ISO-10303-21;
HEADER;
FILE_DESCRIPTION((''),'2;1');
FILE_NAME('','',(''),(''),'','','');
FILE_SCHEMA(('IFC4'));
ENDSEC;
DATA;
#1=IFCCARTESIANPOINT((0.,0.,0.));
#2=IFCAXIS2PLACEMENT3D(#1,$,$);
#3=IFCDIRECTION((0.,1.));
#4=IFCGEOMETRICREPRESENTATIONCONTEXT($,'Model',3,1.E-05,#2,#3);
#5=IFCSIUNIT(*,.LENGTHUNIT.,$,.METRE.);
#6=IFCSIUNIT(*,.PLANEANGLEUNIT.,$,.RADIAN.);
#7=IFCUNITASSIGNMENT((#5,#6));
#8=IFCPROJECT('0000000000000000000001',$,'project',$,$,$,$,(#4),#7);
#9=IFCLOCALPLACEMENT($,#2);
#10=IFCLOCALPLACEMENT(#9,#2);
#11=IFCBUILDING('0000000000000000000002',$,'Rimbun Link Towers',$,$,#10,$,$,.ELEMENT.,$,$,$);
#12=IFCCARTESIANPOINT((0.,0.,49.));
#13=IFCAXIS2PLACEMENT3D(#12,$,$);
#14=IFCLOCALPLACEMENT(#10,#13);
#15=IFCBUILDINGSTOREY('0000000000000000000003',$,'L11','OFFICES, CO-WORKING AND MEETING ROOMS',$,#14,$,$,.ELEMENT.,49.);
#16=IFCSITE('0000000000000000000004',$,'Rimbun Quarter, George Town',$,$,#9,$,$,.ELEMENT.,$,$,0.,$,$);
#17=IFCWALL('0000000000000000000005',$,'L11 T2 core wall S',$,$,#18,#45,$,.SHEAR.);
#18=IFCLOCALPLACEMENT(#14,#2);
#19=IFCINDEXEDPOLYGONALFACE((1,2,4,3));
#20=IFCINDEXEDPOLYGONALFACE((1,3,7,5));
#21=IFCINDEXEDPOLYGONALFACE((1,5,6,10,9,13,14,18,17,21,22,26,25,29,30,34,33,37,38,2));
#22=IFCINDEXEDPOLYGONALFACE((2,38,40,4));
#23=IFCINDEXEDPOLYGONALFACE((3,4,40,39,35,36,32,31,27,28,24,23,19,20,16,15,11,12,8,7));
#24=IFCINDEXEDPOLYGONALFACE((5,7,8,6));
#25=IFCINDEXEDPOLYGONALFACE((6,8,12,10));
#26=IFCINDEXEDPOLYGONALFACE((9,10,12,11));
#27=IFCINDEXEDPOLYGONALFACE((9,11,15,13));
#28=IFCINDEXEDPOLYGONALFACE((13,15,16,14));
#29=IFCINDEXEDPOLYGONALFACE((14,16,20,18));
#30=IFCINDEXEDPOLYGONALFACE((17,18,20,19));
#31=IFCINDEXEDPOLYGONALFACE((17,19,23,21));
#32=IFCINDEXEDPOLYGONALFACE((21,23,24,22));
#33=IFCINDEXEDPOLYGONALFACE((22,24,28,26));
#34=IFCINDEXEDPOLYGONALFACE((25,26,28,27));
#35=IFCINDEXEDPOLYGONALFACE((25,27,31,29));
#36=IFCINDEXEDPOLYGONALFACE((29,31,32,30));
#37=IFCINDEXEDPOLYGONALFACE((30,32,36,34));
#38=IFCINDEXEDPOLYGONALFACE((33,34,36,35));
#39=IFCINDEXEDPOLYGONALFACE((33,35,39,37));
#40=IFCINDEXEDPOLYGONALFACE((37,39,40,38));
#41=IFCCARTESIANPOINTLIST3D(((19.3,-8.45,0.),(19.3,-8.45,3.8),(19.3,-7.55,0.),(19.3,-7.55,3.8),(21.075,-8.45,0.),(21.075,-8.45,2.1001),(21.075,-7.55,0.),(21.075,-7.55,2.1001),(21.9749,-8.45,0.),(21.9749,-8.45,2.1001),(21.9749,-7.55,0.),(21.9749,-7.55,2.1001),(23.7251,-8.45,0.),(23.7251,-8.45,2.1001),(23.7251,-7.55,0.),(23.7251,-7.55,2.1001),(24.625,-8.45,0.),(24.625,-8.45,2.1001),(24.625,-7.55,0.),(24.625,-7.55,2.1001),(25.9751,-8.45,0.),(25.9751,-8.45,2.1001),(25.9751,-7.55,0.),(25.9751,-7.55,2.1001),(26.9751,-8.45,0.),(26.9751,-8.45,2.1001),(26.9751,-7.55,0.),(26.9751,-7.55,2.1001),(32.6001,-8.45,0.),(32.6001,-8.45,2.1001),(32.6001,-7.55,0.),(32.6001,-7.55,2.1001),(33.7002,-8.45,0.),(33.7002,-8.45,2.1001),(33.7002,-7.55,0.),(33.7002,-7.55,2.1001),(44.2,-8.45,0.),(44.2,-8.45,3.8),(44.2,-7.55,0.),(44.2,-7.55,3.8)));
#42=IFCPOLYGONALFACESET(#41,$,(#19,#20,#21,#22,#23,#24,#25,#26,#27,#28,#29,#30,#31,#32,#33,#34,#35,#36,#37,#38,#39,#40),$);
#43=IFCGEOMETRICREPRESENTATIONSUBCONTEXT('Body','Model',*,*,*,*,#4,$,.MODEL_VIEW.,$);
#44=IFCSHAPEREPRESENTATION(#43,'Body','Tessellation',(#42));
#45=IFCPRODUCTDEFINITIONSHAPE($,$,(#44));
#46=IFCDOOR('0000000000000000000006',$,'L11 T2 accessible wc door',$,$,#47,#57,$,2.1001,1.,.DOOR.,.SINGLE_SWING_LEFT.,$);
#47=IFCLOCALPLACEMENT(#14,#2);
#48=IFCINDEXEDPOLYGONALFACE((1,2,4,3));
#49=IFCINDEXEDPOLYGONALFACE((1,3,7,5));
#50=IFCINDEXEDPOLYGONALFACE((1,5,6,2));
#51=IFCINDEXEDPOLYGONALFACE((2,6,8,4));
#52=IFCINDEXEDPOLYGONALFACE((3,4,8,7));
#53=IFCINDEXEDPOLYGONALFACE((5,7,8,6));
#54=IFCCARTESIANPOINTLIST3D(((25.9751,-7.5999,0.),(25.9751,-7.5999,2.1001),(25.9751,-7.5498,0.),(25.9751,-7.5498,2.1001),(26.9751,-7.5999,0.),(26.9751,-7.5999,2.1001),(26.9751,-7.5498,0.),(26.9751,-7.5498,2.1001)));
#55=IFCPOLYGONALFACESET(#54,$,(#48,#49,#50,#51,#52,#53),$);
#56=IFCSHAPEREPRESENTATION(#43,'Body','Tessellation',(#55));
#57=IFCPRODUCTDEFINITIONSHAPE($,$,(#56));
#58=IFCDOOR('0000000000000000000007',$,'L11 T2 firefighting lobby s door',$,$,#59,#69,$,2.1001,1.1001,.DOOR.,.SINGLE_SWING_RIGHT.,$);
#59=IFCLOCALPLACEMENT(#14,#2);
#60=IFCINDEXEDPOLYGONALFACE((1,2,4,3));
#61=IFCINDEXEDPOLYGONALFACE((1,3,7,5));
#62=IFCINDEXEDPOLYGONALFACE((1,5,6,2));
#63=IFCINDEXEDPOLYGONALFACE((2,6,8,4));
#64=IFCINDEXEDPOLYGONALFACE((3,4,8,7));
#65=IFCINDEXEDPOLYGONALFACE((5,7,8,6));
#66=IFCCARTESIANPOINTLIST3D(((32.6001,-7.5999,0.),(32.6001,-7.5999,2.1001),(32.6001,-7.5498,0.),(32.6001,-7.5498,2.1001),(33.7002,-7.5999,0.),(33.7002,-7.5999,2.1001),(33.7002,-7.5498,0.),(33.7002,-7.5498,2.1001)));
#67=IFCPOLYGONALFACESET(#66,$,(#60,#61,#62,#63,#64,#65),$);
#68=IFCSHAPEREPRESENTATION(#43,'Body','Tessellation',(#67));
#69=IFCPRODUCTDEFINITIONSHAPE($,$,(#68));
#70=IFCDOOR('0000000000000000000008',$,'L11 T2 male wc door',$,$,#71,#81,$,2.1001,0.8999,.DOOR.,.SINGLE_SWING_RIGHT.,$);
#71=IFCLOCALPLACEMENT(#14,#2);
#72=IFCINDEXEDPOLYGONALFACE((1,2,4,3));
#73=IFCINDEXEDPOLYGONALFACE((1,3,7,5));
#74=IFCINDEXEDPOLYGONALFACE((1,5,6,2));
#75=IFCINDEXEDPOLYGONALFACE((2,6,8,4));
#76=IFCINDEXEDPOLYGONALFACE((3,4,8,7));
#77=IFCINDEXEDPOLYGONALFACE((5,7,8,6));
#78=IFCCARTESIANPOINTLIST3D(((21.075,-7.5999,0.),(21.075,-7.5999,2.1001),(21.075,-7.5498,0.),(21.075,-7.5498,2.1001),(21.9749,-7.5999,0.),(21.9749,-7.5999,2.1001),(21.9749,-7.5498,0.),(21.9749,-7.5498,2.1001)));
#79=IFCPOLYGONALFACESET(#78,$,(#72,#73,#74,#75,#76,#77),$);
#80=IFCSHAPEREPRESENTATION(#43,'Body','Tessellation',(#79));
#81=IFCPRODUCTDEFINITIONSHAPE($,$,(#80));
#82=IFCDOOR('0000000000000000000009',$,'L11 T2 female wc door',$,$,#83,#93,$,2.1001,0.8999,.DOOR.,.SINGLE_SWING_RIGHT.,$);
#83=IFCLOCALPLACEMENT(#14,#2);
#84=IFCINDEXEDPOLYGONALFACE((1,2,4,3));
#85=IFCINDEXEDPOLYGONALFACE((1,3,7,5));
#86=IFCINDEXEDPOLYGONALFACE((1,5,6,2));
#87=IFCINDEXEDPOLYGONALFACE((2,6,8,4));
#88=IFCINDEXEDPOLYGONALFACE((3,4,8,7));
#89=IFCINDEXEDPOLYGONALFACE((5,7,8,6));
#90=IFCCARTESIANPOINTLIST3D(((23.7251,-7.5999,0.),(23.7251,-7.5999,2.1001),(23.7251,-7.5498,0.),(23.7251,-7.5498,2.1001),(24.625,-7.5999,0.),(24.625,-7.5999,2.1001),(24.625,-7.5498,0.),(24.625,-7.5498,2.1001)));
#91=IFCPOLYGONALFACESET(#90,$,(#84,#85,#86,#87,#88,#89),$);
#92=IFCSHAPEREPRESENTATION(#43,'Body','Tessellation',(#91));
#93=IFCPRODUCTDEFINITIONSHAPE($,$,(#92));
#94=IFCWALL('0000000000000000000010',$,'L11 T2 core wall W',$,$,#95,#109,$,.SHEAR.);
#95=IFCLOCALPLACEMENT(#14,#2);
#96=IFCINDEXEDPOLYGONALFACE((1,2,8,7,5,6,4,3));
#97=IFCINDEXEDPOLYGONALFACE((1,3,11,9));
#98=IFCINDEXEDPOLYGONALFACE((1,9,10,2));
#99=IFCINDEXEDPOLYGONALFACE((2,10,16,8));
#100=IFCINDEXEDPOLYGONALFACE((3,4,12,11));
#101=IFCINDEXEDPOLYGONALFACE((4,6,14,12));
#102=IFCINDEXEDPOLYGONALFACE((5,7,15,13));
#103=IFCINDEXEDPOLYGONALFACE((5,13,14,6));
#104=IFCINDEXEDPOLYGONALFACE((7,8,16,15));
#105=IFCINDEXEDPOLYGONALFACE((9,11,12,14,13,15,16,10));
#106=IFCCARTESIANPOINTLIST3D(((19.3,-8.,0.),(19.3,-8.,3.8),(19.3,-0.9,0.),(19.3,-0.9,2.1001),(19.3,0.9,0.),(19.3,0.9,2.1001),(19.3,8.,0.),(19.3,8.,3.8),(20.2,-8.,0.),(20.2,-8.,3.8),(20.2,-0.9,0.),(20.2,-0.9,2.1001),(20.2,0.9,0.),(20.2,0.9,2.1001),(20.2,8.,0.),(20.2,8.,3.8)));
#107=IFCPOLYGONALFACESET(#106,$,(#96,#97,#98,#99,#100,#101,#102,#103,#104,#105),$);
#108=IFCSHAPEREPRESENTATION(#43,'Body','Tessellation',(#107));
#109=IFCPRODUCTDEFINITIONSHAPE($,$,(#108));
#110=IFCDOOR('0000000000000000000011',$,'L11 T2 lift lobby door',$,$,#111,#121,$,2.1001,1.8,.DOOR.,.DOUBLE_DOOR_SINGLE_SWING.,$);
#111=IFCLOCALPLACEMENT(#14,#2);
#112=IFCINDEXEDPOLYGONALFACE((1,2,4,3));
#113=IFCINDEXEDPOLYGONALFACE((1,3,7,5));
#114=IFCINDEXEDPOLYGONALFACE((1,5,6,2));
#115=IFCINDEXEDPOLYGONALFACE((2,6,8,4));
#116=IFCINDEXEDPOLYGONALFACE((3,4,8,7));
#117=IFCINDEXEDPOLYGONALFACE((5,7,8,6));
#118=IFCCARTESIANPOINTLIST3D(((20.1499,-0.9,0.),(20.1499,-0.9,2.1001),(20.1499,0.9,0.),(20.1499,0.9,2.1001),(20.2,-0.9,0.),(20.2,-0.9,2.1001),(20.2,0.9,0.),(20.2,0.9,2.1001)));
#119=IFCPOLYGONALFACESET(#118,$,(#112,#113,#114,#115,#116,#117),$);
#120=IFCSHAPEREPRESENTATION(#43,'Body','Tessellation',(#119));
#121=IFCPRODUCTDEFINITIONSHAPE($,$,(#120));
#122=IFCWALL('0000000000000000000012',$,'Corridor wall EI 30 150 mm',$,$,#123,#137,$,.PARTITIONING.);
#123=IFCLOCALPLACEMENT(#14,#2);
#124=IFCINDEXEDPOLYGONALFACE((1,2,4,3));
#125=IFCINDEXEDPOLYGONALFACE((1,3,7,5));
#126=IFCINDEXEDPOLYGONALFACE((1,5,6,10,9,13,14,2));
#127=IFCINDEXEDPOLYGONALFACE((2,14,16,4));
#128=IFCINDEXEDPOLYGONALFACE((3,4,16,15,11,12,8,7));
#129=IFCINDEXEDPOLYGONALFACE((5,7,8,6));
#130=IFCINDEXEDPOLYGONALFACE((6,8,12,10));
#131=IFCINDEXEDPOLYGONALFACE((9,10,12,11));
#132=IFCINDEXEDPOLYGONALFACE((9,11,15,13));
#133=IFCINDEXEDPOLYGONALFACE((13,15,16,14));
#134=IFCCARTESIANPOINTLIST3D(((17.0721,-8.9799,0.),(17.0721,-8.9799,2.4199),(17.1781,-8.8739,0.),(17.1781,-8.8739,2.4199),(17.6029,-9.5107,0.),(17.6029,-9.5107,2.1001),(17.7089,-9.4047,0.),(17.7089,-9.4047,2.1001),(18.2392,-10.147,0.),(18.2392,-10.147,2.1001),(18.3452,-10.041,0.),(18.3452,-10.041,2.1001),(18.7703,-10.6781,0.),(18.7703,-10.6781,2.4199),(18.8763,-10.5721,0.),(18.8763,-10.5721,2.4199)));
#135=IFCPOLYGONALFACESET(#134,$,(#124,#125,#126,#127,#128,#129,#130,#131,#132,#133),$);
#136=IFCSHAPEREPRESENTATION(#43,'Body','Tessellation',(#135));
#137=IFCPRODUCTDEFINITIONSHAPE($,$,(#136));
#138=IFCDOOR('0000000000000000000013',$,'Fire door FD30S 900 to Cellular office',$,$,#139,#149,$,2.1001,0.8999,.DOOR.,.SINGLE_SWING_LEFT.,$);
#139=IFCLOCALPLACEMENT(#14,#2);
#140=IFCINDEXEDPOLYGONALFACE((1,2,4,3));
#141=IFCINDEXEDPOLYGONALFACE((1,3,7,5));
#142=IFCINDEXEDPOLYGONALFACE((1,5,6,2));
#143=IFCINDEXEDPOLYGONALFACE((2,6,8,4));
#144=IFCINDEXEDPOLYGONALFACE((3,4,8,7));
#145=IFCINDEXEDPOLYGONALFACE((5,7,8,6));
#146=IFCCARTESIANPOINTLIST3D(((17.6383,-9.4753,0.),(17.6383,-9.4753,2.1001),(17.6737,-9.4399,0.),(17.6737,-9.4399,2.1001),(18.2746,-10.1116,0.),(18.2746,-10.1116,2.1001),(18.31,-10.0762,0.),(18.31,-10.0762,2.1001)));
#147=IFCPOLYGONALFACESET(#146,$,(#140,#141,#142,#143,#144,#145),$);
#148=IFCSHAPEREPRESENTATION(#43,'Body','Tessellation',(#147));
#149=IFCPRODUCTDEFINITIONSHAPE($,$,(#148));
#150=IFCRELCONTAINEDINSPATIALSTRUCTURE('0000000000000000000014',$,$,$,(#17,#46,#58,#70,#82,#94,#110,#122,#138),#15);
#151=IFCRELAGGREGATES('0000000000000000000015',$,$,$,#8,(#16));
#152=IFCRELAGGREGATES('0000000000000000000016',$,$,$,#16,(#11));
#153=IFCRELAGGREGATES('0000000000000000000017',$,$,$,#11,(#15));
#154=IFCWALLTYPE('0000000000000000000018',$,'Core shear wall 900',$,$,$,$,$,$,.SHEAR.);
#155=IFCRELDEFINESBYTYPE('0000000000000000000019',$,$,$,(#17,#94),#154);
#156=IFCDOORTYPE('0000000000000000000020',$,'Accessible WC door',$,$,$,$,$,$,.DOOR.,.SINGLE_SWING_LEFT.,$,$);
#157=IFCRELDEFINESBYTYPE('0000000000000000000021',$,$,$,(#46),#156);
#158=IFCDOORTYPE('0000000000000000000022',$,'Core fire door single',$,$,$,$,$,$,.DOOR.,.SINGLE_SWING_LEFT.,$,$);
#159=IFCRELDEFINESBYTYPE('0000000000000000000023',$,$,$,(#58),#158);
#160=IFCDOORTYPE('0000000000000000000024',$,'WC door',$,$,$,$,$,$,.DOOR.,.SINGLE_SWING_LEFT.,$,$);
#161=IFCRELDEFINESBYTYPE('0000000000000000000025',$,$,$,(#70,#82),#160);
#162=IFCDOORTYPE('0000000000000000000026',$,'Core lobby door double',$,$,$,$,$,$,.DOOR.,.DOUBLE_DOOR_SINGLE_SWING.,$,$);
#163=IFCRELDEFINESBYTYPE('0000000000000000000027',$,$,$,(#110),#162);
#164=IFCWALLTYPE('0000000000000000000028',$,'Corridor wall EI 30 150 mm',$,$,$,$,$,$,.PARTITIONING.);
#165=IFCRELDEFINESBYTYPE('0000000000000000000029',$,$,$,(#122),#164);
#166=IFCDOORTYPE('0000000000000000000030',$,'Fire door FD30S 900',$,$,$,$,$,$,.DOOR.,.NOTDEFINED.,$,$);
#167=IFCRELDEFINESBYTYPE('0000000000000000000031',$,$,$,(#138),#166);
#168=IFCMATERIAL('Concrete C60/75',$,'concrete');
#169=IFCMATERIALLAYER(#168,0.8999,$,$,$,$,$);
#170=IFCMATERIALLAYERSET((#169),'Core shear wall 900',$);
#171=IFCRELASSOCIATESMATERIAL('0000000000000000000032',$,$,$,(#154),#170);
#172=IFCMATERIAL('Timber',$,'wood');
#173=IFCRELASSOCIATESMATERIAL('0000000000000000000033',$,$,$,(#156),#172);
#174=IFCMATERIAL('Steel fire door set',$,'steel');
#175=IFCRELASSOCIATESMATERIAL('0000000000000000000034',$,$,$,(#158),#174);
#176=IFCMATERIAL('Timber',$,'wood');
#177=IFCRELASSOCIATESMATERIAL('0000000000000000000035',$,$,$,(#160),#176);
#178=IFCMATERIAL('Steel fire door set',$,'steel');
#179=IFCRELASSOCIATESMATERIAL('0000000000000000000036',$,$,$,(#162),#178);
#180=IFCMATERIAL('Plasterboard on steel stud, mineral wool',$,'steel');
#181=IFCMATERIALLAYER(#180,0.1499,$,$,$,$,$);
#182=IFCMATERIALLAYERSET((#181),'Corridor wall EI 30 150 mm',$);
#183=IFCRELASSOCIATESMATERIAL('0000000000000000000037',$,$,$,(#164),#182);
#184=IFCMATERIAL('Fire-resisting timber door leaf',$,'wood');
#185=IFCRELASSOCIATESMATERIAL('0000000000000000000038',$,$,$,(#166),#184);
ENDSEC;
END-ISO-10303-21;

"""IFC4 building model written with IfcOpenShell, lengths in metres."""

from ifc_helpers import new_model, si_unit, direction, frame, frame_2d, origin, place, context, subcontext, project, spatial, rectangle, extrude, material, layer, layer_set, type_object, element, fill, save


model = new_model("IFC4")

# Units and contexts
model_context = context("Model", 3, precision=1e-05, world=origin(), true_north=direction((0.0, 1.0)))
body_context = subcontext(model_context, "Body", "Model", "MODEL_VIEW")
ifc_project = project(units=[si_unit("LENGTHUNIT", "METRE"), si_unit("PLANEANGLEUNIT", "RADIAN")], contexts=[model_context])

# Site, building, storey
site_placement = place(None, origin())
site = spatial("IfcSite", under=ifc_project, at=site_placement, Name="Rimbun Quarter, George Town", CompositionType="ELEMENT", RefElevation=0.0)
building_placement = place(site_placement, origin())
building = spatial("IfcBuilding", under=site, at=building_placement, Name="Rimbun Link Towers", CompositionType="ELEMENT")
storey_placement = place(building_placement, frame((0.0, 0.0, 49.0)))
storey = spatial("IfcBuildingStorey", under=building, at=storey_placement, Name="L11", Description="OFFICES, CO-WORKING AND MEETING ROOMS", CompositionType="ELEMENT", Elevation=49.0)

# Wall, openings, doors
ifc_material_1 = material(Name="Concrete C60/75", Category="concrete")
ifc_layer_1 = layer(ifc_material_1, 0.8999)
ifc_layer_set_1 = layer_set([ifc_layer_1], Name="Core shear wall 900")
wall_type_1 = type_object("IfcWallType", Name="Core shear wall 900", PredefinedType="SHEAR", material=ifc_layer_set_1)
wall_1_placement = place(storey_placement, frame((19.3, -8.0, 0.0), z_axis=(0.0, 0.0, 1.0), x_axis=(1.0, 0.0, 0.0)))
wall_1 = element("IfcWall", 1, at=wall_1_placement, inside=storey, type_object=wall_type_1, Name="L11 T2 core wall S", PredefinedType="SHEAR", context=body_context, shape_type="SweptSolid", body=[
    extrude(rectangle(XDim=24.8999, YDim=0.8999, at=frame_2d((12.45, 0.0))), origin(), (0.0, 0.0, 1.0), 3.8),
])
opening_1_placement = place(wall_1_placement, frame((13.3, 0.0, 0.0)))
opening_1 = element("IfcOpeningElement", 2, at=opening_1_placement, cuts=wall_1, PredefinedType="OPENING", context=body_context, shape_type="SweptSolid", body=[
    extrude(rectangle(XDim=1.1001, YDim=2.1001, at=frame_2d((0.55, 1.05))), frame((0.0, 0.46, 0.0), z_axis=(0.0, -1.0, 0.0), x_axis=(1.0, 0.0, 0.0)), (0.0, 0.0, 1.0), 0.9199),
])
opening_2_placement = place(wall_1_placement, frame((1.7749, 0.0, 0.0)))
opening_2 = element("IfcOpeningElement", 3, at=opening_2_placement, cuts=wall_1, PredefinedType="OPENING", context=body_context, shape_type="SweptSolid", body=[
    extrude(rectangle(XDim=0.8999, YDim=2.1001, at=frame_2d((0.45, 1.05))), frame((0.0, 0.46, 0.0), z_axis=(0.0, -1.0, 0.0), x_axis=(1.0, 0.0, 0.0)), (0.0, 0.0, 1.0), 0.9199),
])
opening_3_placement = place(wall_1_placement, frame((4.425, 0.0, 0.0)))
opening_3 = element("IfcOpeningElement", 4, at=opening_3_placement, cuts=wall_1, PredefinedType="OPENING", context=body_context, shape_type="SweptSolid", body=[
    extrude(rectangle(XDim=0.8999, YDim=2.1001, at=frame_2d((0.45, 1.05))), frame((0.0, 0.46, 0.0), z_axis=(0.0, -1.0, 0.0), x_axis=(1.0, 0.0, 0.0)), (0.0, 0.0, 1.0), 0.9199),
])
opening_4_placement = place(wall_1_placement, frame((6.675, 0.0, 0.0)))
opening_4 = element("IfcOpeningElement", 5, at=opening_4_placement, cuts=wall_1, PredefinedType="OPENING", context=body_context, shape_type="SweptSolid", body=[
    extrude(rectangle(XDim=1.0, YDim=2.1001, at=frame_2d((0.5, 1.05))), frame((0.0, 0.46, 0.0), z_axis=(0.0, -1.0, 0.0), x_axis=(1.0, 0.0, 0.0)), (0.0, 0.0, 1.0), 0.9199),
])
ifc_material_2 = material(Name="Timber", Category="wood")
door_type_1 = type_object("IfcDoorType", Name="Accessible WC door", OperationType="SINGLE_SWING_LEFT", PredefinedType="DOOR", material=ifc_material_2)
door_1_placement = place(opening_4_placement, origin())
door_1 = element("IfcDoor", 6, at=door_1_placement, inside=storey, type_object=door_type_1, Name="L11 T2 accessible wc door", OperationType="SINGLE_SWING_LEFT", OverallHeight=2.1001, OverallWidth=1.0, PredefinedType="DOOR", context=body_context, shape_type="SweptSolid", body=[
    extrude(rectangle(XDim=1.0, YDim=2.1001, at=frame_2d((0.5, 1.05))), frame((0.0, 0.4502, 0.0), z_axis=(0.0, -1.0, 0.0), x_axis=(1.0, 0.0, 0.0)), (0.0, 0.0, 1.0), 0.05),
])
fill(opening_4, door_1)
ifc_material_3 = material(Name="Steel fire door set", Category="steel")
door_type_2 = type_object("IfcDoorType", Name="Core fire door single", OperationType="SINGLE_SWING_LEFT", PredefinedType="DOOR", material=ifc_material_3)
door_2_placement = place(opening_1_placement, origin())
door_2 = element("IfcDoor", 7, at=door_2_placement, inside=storey, type_object=door_type_2, Name="L11 T2 firefighting lobby s door", OperationType="SINGLE_SWING_RIGHT", OverallHeight=2.1001, OverallWidth=1.1001, PredefinedType="DOOR", context=body_context, shape_type="SweptSolid", body=[
    extrude(rectangle(XDim=1.1001, YDim=2.1001, at=frame_2d((0.55, 1.05))), frame((0.0, 0.4502, 0.0), z_axis=(0.0, -1.0, 0.0), x_axis=(1.0, 0.0, 0.0)), (0.0, 0.0, 1.0), 0.05),
])
fill(opening_1, door_2)
ifc_material_4 = material(Name="Timber", Category="wood")
door_type_3 = type_object("IfcDoorType", Name="WC door", OperationType="SINGLE_SWING_LEFT", PredefinedType="DOOR", material=ifc_material_4)
door_3_placement = place(opening_2_placement, origin())
door_3 = element("IfcDoor", 8, at=door_3_placement, inside=storey, type_object=door_type_3, Name="L11 T2 male wc door", OperationType="SINGLE_SWING_RIGHT", OverallHeight=2.1001, OverallWidth=0.8999, PredefinedType="DOOR", context=body_context, shape_type="SweptSolid", body=[
    extrude(rectangle(XDim=0.8999, YDim=2.1001, at=frame_2d((0.45, 1.05))), frame((0.0, 0.4502, 0.0), z_axis=(0.0, -1.0, 0.0), x_axis=(1.0, 0.0, 0.0)), (0.0, 0.0, 1.0), 0.05),
])
fill(opening_2, door_3)
door_4_placement = place(opening_3_placement, origin())
door_4 = element("IfcDoor", 9, at=door_4_placement, inside=storey, type_object=door_type_3, Name="L11 T2 female wc door", OperationType="SINGLE_SWING_RIGHT", OverallHeight=2.1001, OverallWidth=0.8999, PredefinedType="DOOR", context=body_context, shape_type="SweptSolid", body=[
    extrude(rectangle(XDim=0.8999, YDim=2.1001, at=frame_2d((0.45, 1.05))), frame((0.0, 0.4502, 0.0), z_axis=(0.0, -1.0, 0.0), x_axis=(1.0, 0.0, 0.0)), (0.0, 0.0, 1.0), 0.05),
])
fill(opening_3, door_4)

# Walls, openings, doors
wall_2_placement = place(storey_placement, frame((19.75, -8.0, 0.0), z_axis=(0.0, 0.0, 1.0), x_axis=(0.0, 1.0, 0.0)))
wall_2 = element("IfcWall", 10, at=wall_2_placement, inside=storey, type_object=wall_type_1, Name="L11 T2 core wall W", PredefinedType="SHEAR", context=body_context, shape_type="SweptSolid", body=[
    extrude(rectangle(XDim=16.0, YDim=0.8999, at=frame_2d((8.0, 0.0))), origin(), (0.0, 0.0, 1.0), 3.8),
])
opening_5_placement = place(wall_2_placement, frame((7.1001, 0.0, 0.0)))
opening_5 = element("IfcOpeningElement", 11, at=opening_5_placement, cuts=wall_2, PredefinedType="OPENING", context=body_context, shape_type="SweptSolid", body=[
    extrude(rectangle(XDim=1.8, YDim=2.1001, at=frame_2d((0.8999, 1.05))), frame((0.0, 0.46, 0.0), z_axis=(0.0, -1.0, 0.0), x_axis=(1.0, 0.0, 0.0)), (0.0, 0.0, 1.0), 0.9199),
])
ifc_material_5 = material(Name="Steel fire door set", Category="steel")
door_type_4 = type_object("IfcDoorType", Name="Core lobby door double", OperationType="DOUBLE_DOOR_SINGLE_SWING", PredefinedType="DOOR", material=ifc_material_5)
door_5_placement = place(opening_5_placement, origin())
door_5 = element("IfcDoor", 12, at=door_5_placement, inside=storey, type_object=door_type_4, Name="L11 T2 lift lobby door", OperationType="DOUBLE_DOOR_SINGLE_SWING", OverallHeight=2.1001, OverallWidth=1.8, PredefinedType="DOOR", context=body_context, shape_type="SweptSolid", body=[
    extrude(rectangle(XDim=1.8, YDim=2.1001, at=frame_2d((0.8999, 1.05))), frame((0.0, -0.3999, 0.0), z_axis=(0.0, -1.0, 0.0), x_axis=(1.0, 0.0, 0.0)), (0.0, 0.0, 1.0), 0.05),
])
fill(opening_5, door_5)
ifc_material_6 = material(Name="Plasterboard on steel stud, mineral wool", Category="steel")
ifc_layer_2 = layer(ifc_material_6, 0.1499)
ifc_layer_set_2 = layer_set([ifc_layer_2], Name="Corridor wall EI 30 150 mm")
wall_type_2 = type_object("IfcWallType", Name="Corridor wall EI 30 150 mm", PredefinedType="PARTITIONING", material=ifc_layer_set_2)
wall_3_placement = place(storey_placement, frame((18.8232, -10.625, 0.0), z_axis=(0.0, 0.0, 1.0), x_axis=(-0.707107, 0.707107, 0.0)))
wall_3 = element("IfcWall", 13, at=wall_3_placement, inside=storey, type_object=wall_type_2, Name="Corridor wall EI 30 150 mm", PredefinedType="PARTITIONING", context=body_context, shape_type="SweptSolid", body=[
    extrude(rectangle(XDim=2.4016, YDim=0.1499, at=frame_2d((1.2007, 0.0))), origin(), (0.0, 0.0, 1.0), 2.4199),
])
opening_6_placement = place(wall_3_placement, frame((0.751, 0.0, 0.0)))
opening_6 = element("IfcOpeningElement", 14, at=opening_6_placement, cuts=wall_3, PredefinedType="OPENING", context=body_context, shape_type="SweptSolid", body=[
    extrude(rectangle(XDim=0.8999, YDim=2.1001, at=frame_2d((0.45, 1.05))), frame((0.0, 0.085, 0.0), z_axis=(0.0, -1.0, 0.0), x_axis=(1.0, 0.0, 0.0)), (0.0, 0.0, 1.0), 0.1699),
])
ifc_material_7 = material(Name="Fire-resisting timber door leaf", Category="wood")
door_type_5 = type_object("IfcDoorType", Name="Fire door FD30S 900", OperationType="NOTDEFINED", PredefinedType="DOOR", material=ifc_material_7)
door_6_placement = place(opening_6_placement, origin())
door_6 = element("IfcDoor", 15, at=door_6_placement, inside=storey, type_object=door_type_5, Name="Fire door FD30S 900 to Cellular office", OperationType="SINGLE_SWING_LEFT", OverallHeight=2.1001, OverallWidth=0.8999, PredefinedType="DOOR", context=body_context, shape_type="SweptSolid", body=[
    extrude(rectangle(XDim=0.8999, YDim=2.1001, at=frame_2d((0.45, 1.05))), frame((0.0, 0.0249, 0.0), z_axis=(0.0, -1.0, 0.0), x_axis=(1.0, 0.0, 0.0)), (0.0, 0.0, 1.0), 0.05),
])
fill(opening_6, door_6)

save(model, "model.ifc")
